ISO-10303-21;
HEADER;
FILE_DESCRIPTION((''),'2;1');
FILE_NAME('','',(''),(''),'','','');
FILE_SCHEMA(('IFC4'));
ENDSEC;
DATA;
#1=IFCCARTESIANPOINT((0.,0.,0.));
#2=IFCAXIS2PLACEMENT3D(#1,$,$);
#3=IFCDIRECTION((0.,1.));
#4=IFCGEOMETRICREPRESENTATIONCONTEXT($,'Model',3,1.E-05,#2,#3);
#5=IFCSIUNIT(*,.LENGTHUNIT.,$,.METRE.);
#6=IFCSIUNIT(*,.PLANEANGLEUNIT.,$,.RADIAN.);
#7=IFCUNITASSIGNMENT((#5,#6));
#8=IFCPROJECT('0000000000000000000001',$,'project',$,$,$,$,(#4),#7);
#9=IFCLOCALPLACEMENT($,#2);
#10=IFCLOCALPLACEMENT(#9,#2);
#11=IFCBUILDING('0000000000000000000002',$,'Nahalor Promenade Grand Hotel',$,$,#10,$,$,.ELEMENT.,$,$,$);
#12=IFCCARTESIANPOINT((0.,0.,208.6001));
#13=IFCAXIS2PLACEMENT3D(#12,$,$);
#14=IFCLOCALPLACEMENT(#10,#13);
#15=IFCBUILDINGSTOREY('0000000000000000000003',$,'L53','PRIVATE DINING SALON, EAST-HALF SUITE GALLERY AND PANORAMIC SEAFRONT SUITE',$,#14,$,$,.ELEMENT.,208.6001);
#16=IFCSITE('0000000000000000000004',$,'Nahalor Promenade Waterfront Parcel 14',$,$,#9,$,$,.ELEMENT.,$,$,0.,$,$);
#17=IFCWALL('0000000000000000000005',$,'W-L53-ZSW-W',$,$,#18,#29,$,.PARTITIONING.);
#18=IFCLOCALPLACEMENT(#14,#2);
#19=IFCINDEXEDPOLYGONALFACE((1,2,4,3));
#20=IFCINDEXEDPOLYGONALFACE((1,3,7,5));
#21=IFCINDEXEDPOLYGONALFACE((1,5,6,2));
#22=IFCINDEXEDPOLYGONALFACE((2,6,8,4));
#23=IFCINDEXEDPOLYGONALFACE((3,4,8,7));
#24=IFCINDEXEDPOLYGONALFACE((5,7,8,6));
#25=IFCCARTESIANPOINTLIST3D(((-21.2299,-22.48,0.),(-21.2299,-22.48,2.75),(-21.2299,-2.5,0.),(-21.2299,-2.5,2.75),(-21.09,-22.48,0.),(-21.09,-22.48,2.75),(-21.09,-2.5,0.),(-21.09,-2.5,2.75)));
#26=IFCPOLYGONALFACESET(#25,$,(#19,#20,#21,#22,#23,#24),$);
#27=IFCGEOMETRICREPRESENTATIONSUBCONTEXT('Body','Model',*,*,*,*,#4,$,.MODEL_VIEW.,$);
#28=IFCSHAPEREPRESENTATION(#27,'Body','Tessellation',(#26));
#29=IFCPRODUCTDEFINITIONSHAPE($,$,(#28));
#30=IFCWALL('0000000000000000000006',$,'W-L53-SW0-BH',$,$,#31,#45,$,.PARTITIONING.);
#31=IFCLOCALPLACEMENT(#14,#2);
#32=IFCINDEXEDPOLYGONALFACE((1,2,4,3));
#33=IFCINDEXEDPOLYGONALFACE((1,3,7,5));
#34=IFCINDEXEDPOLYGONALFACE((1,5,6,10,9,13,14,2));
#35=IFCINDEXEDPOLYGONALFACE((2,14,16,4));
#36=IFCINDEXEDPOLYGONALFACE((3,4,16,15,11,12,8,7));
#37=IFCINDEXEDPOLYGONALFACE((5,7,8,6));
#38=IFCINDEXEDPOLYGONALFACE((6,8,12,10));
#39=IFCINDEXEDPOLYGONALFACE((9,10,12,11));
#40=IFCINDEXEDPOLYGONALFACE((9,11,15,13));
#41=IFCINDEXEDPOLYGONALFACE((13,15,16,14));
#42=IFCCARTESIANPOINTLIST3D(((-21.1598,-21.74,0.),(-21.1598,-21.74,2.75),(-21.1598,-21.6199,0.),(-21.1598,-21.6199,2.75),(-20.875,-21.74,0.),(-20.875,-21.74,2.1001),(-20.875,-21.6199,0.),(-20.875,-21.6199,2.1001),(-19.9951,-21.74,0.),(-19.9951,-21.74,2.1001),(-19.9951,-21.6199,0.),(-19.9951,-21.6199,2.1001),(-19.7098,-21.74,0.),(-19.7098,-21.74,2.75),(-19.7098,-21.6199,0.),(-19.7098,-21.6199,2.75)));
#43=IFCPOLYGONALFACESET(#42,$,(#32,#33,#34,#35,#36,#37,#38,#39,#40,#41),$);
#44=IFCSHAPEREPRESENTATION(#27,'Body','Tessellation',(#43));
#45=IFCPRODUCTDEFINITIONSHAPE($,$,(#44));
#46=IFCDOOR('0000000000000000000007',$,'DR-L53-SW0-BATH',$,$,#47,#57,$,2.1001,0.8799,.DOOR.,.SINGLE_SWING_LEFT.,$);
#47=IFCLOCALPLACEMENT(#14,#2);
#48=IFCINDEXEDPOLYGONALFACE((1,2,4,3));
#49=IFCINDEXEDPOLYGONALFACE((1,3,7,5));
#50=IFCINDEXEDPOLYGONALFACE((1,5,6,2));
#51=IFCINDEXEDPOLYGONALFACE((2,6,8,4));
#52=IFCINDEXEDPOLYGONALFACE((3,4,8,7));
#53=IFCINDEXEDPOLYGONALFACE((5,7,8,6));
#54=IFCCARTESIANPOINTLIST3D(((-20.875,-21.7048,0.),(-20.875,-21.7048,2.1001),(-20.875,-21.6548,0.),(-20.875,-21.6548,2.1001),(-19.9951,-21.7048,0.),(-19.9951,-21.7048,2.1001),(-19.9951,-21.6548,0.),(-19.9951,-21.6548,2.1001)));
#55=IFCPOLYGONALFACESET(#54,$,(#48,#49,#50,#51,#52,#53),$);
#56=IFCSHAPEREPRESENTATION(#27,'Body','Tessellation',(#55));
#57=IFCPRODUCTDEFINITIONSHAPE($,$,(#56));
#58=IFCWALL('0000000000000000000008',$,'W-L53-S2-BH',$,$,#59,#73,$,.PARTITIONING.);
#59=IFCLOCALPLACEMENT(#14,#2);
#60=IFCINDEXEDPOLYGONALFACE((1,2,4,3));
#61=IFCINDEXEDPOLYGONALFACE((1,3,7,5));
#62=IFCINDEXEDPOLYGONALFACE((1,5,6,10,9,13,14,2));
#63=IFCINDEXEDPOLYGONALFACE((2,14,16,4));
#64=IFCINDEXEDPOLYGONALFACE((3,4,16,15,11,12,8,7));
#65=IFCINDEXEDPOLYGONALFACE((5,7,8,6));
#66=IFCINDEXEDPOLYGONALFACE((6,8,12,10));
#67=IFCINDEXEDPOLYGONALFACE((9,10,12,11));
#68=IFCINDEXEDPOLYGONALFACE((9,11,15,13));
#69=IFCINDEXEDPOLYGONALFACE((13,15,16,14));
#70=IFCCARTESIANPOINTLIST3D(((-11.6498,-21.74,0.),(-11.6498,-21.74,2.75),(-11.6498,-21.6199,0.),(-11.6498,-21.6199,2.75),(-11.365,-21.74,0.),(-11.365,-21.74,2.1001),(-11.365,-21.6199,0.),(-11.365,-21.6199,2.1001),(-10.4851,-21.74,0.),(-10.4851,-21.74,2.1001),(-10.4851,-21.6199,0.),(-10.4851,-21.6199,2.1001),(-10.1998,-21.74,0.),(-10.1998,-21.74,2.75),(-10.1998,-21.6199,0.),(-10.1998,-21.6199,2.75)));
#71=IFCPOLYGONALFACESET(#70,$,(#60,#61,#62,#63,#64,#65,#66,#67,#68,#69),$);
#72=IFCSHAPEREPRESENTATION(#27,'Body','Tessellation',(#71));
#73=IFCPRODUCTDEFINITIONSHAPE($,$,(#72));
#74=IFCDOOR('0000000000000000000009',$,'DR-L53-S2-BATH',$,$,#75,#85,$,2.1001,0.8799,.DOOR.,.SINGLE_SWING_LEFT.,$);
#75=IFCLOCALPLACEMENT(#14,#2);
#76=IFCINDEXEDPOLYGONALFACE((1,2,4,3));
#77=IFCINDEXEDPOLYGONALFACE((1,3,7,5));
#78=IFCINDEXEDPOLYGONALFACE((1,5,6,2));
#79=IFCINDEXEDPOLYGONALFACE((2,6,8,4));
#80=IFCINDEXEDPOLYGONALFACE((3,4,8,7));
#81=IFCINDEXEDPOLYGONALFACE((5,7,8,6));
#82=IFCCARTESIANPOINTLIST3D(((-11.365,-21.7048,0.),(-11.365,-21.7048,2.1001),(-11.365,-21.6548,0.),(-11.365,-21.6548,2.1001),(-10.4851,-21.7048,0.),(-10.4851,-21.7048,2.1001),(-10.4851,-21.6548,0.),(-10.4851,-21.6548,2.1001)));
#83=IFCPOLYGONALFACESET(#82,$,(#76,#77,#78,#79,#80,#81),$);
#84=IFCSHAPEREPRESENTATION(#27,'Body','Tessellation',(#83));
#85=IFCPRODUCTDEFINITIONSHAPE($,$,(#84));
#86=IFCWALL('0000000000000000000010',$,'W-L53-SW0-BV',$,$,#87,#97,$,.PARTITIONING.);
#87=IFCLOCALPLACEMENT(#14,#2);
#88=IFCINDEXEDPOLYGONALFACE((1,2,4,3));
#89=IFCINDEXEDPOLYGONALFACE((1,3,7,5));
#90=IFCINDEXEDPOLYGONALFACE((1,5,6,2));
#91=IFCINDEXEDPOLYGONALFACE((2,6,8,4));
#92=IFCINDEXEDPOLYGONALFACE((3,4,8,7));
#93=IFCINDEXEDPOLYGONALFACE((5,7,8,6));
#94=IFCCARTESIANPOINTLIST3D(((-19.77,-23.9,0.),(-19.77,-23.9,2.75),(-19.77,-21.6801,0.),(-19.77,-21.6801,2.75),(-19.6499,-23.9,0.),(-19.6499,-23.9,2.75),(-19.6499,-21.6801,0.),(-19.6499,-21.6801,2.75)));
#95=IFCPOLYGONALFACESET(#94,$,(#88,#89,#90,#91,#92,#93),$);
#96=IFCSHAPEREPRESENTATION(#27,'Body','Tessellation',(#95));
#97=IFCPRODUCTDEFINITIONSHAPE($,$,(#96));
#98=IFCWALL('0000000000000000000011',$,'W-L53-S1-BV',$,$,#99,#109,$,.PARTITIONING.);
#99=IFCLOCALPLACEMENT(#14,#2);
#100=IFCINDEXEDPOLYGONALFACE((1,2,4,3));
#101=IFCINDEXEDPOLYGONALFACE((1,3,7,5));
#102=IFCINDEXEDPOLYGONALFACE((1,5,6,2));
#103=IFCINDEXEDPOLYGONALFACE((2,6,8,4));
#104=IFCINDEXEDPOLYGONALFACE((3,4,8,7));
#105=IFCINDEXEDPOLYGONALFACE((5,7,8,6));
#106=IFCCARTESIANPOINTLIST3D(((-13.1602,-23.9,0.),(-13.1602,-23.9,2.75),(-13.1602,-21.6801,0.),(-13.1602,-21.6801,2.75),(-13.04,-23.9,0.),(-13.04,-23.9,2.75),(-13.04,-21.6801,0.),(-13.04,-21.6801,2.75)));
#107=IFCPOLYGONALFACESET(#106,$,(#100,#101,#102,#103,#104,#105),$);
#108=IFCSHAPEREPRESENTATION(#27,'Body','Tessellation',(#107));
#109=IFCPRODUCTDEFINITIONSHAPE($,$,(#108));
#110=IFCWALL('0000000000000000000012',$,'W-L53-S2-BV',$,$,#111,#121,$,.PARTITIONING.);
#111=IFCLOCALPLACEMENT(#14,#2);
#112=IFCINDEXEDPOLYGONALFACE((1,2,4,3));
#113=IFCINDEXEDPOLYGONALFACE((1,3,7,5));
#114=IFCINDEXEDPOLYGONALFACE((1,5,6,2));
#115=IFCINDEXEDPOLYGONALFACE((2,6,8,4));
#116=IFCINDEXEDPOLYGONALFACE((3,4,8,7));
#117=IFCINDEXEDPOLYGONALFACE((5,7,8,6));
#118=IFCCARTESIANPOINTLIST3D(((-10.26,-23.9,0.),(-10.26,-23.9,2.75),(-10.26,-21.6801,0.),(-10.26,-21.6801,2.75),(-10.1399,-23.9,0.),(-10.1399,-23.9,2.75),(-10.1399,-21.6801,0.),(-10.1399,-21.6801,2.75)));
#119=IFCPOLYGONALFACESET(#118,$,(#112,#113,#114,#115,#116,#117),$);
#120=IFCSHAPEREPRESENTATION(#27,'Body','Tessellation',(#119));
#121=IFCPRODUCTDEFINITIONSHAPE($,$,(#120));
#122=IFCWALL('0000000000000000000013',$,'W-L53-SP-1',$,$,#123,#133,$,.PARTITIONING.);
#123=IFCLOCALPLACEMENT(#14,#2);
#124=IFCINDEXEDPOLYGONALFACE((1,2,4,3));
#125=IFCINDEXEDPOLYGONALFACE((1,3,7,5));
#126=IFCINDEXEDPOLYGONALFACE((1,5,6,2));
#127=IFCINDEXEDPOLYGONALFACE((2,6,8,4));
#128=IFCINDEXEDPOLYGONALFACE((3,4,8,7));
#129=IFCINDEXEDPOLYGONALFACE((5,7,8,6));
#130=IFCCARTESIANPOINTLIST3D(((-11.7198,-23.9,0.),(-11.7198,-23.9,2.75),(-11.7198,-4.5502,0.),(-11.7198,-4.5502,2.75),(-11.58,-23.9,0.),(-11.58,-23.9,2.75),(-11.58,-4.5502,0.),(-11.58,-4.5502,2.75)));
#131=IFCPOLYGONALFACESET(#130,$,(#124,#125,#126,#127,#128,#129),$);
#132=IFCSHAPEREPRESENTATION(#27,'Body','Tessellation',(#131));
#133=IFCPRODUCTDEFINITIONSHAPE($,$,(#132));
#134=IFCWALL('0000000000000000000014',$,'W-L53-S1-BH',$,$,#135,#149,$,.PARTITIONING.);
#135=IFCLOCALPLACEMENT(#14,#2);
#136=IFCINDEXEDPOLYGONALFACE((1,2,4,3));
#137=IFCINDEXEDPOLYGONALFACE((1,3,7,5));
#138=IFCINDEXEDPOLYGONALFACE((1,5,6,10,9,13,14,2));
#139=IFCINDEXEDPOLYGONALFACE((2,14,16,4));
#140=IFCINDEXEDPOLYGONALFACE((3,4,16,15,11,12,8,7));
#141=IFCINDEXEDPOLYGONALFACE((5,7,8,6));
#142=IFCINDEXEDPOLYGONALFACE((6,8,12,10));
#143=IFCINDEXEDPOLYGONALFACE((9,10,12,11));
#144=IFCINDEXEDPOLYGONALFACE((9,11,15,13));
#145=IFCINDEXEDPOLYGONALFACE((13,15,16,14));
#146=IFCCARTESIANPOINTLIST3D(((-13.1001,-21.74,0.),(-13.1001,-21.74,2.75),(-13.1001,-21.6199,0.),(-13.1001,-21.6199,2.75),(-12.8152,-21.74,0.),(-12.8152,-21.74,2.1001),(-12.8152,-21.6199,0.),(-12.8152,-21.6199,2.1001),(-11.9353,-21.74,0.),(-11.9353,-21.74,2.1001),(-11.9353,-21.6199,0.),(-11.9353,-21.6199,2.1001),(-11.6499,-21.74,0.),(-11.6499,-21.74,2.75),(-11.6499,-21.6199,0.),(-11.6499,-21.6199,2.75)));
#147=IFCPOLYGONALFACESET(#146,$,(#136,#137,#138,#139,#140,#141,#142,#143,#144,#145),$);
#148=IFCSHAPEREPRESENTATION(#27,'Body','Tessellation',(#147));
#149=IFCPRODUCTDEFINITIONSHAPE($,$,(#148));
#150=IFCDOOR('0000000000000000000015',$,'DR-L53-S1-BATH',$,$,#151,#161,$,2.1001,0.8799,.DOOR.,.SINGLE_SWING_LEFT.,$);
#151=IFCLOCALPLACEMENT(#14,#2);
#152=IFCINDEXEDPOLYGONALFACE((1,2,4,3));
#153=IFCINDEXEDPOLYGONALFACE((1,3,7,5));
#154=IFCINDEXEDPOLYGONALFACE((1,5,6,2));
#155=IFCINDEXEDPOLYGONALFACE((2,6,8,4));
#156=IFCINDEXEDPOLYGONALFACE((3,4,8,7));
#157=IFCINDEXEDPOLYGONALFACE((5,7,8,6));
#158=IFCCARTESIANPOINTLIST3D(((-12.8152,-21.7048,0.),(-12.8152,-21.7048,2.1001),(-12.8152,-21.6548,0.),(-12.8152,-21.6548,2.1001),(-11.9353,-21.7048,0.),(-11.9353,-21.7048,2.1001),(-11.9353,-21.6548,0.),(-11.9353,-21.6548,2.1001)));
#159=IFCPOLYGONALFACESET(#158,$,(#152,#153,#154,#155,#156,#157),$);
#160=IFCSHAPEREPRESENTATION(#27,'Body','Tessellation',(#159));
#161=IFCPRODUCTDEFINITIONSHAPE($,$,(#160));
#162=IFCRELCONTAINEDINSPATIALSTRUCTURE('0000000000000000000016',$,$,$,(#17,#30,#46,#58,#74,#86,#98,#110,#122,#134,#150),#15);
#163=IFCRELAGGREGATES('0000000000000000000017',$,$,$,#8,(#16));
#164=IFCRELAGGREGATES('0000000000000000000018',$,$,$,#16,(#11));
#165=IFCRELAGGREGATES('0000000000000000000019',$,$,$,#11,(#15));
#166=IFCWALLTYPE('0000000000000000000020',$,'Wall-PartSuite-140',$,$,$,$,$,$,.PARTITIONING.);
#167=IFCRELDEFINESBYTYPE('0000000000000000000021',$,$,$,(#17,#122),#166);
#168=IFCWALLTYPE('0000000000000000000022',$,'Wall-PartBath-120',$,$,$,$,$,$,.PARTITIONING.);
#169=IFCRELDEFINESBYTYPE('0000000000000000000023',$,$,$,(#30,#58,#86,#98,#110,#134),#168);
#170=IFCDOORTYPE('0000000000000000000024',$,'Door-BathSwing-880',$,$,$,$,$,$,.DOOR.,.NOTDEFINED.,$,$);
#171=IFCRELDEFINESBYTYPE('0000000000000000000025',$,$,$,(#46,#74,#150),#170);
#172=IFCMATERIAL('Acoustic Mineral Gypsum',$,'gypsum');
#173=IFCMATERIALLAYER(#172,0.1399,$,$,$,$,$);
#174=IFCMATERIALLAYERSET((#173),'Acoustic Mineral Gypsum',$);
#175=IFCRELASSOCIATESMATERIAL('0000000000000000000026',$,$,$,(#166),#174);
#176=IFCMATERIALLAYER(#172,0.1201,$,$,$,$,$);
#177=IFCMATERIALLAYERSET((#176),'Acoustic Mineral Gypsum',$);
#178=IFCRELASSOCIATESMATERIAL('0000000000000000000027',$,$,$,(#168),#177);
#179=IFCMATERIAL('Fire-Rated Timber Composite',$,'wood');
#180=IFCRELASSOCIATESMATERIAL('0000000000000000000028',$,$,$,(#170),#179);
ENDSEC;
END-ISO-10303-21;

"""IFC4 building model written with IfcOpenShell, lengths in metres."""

from ifc_helpers import new_model, si_unit, direction, frame, frame_2d, origin, place, context, subcontext, project, spatial, rectangle, extrude, source, transform, mapped, material, layer, layer_set, type_object, element, fill, save


model = new_model("IFC4")

# Units and contexts
model_context = context("Model", 3, precision=1e-05, world=origin(), true_north=direction((0.0, 1.0)))
body_context = subcontext(model_context, "Body", "Model", "MODEL_VIEW")
ifc_project = project(units=[si_unit("LENGTHUNIT", "METRE"), si_unit("PLANEANGLEUNIT", "RADIAN")], contexts=[model_context])

# Site, building, storey
site_placement = place(None, origin())
site = spatial("IfcSite", under=ifc_project, at=site_placement, Name="Nahalor Promenade Waterfront Parcel 14", CompositionType="ELEMENT", RefElevation=0.0)
building_placement = place(site_placement, origin())
building = spatial("IfcBuilding", under=site, at=building_placement, Name="Nahalor Promenade Grand Hotel", CompositionType="ELEMENT")
storey_placement = place(building_placement, frame((0.0, 0.0, 208.6001)))
storey = spatial("IfcBuildingStorey", under=building, at=storey_placement, Name="L53", Description="PRIVATE DINING SALON, EAST-HALF SUITE GALLERY AND PANORAMIC SEAFRONT SUITE", CompositionType="ELEMENT", Elevation=208.6001)

# Shared definitions
ifc_material_1 = material(Name="Acoustic Mineral Gypsum", Category="gypsum")
ifc_material_2 = material(Name="Fire-Rated Timber Composite", Category="wood")

# Wall
ifc_layer_1 = layer(ifc_material_1, 0.1399)
ifc_layer_set_1 = layer_set([ifc_layer_1], Name="Acoustic Mineral Gypsum")
wall_type_1 = type_object("IfcWallType", Name="Wall-PartSuite-140", PredefinedType="PARTITIONING", material=ifc_layer_set_1)
shared_shape_1 = source(origin(), body_context, "Body", "SweptSolid", [
    extrude(rectangle(XDim=19.98, YDim=0.1399, at=frame_2d((9.99, 0.0))), origin(), (0.0, 0.0, 1.0), 2.75),
])
wall_1_placement = place(storey_placement, frame((-21.1599, -22.48, 0.0), z_axis=(0.0, 0.0, 1.0), x_axis=(0.0, 1.0, 0.0)))
element("IfcWall", 1, at=wall_1_placement, inside=storey, type_object=wall_type_1, Name="W-L53-ZSW-W", PredefinedType="PARTITIONING", context=body_context, shape_type="MappedRepresentation", body=[
    mapped(shared_shape_1, transform((0.0, 0.0, 0.0), scale=1.0)),
])

# Walls, openings, doors
ifc_layer_2 = layer(ifc_material_1, 0.1201)
ifc_layer_set_2 = layer_set([ifc_layer_2], Name="Acoustic Mineral Gypsum")
wall_type_2 = type_object("IfcWallType", Name="Wall-PartBath-120", PredefinedType="PARTITIONING", material=ifc_layer_set_2)
shared_shape_2 = source(origin(), body_context, "Body", "SweptSolid", [
    extrude(rectangle(XDim=1.45, YDim=0.1201, at=frame_2d((0.7251, 0.0))), origin(), (0.0, 0.0, 1.0), 2.75),
])
wall_2_placement = place(storey_placement, frame((-21.1599, -21.6799, 0.0), z_axis=(0.0, 0.0, 1.0), x_axis=(1.0, 0.0, 0.0)))
wall_2 = element("IfcWall", 2, at=wall_2_placement, inside=storey, type_object=wall_type_2, Name="W-L53-SW0-BH", PredefinedType="PARTITIONING", context=body_context, shape_type="MappedRepresentation", body=[
    mapped(shared_shape_2, transform((0.0, 0.0, 0.0), scale=1.0)),
])
opening_1_placement = place(wall_2_placement, frame((0.2849, 0.0, 0.0)))
opening_1 = element("IfcOpeningElement", 3, at=opening_1_placement, cuts=wall_2, PredefinedType="OPENING", context=body_context, shape_type="SweptSolid", body=[
    extrude(rectangle(XDim=0.8799, YDim=2.1001, at=frame_2d((0.4399, 1.05))), frame((0.0, 0.0701, 0.0), z_axis=(0.0, -1.0, 0.0), x_axis=(1.0, 0.0, 0.0)), (0.0, 0.0, 1.0), 0.1401),
])
door_type_1 = type_object("IfcDoorType", Name="Door-BathSwing-880", OperationType="NOTDEFINED", PredefinedType="DOOR", material=ifc_material_2)
shared_shape_3 = source(origin(), body_context, "Body", "SweptSolid", [
    extrude(rectangle(XDim=0.8799, YDim=2.1001, at=frame_2d((0.4399, 1.05))), frame((0.0, 0.0249, 0.0), z_axis=(0.0, -1.0, 0.0), x_axis=(1.0, 0.0, 0.0)), (0.0, 0.0, 1.0), 0.05),
])
door_1_placement = place(opening_1_placement, frame((0.8799, 0.0, 0.0), z_axis=(0.0, 0.0, 1.0), x_axis=(-1.0, 0.0, 0.0)))
door_1 = element("IfcDoor", 4, at=door_1_placement, inside=storey, type_object=door_type_1, Name="DR-L53-SW0-BATH", OperationType="SINGLE_SWING_LEFT", OverallHeight=2.1001, OverallWidth=0.8799, PredefinedType="DOOR", context=body_context, shape_type="MappedRepresentation", body=[
    mapped(shared_shape_3, transform((0.0, 0.0, 0.0), scale=1.0)),
])
fill(opening_1, door_1)
wall_3_placement = place(storey_placement, frame((-11.6499, -21.6799, 0.0), z_axis=(0.0, 0.0, 1.0), x_axis=(1.0, 0.0, 0.0)))
wall_3 = element("IfcWall", 5, at=wall_3_placement, inside=storey, type_object=wall_type_2, Name="W-L53-S2-BH", PredefinedType="PARTITIONING", context=body_context, shape_type="MappedRepresentation", body=[
    mapped(shared_shape_2, transform((0.0, 0.0, 0.0), scale=1.0)),
])
opening_2_placement = place(wall_3_placement, frame((0.2849, 0.0, 0.0)))
opening_2 = element("IfcOpeningElement", 6, at=opening_2_placement, cuts=wall_3, PredefinedType="OPENING", context=body_context, shape_type="SweptSolid", body=[
    extrude(rectangle(XDim=0.8799, YDim=2.1001, at=frame_2d((0.4399, 1.05))), frame((0.0, 0.0701, 0.0), z_axis=(0.0, -1.0, 0.0), x_axis=(1.0, 0.0, 0.0)), (0.0, 0.0, 1.0), 0.1401),
])
door_2_placement = place(opening_2_placement, frame((0.8799, 0.0, 0.0), z_axis=(0.0, 0.0, 1.0), x_axis=(-1.0, 0.0, 0.0)))
door_2 = element("IfcDoor", 7, at=door_2_placement, inside=storey, type_object=door_type_1, Name="DR-L53-S2-BATH", OperationType="SINGLE_SWING_LEFT", OverallHeight=2.1001, OverallWidth=0.8799, PredefinedType="DOOR", context=body_context, shape_type="MappedRepresentation", body=[
    mapped(shared_shape_3, transform((0.0, 0.0, 0.0), scale=1.0)),
])
fill(opening_2, door_2)

# Walls
shared_shape_4 = source(origin(), body_context, "Body", "SweptSolid", [
    extrude(rectangle(XDim=2.22, YDim=0.1201, at=frame_2d((1.1099, 0.0))), origin(), (0.0, 0.0, 1.0), 2.75),
])
for number, where, z_axis, x_axis, name in (
    (8, (-19.71, -23.8999, 0.0), (0.0, 0.0, 1.0), (0.0, 1.0, 0.0), "W-L53-SW0-BV"),
    (9, (-13.1001, -23.8999, 0.0), (0.0, 0.0, 1.0), (0.0, 1.0, 0.0), "W-L53-S1-BV"),
    (10, (-10.2, -23.8999, 0.0), (0.0, 0.0, 1.0), (0.0, 1.0, 0.0), "W-L53-S2-BV"),
):
    element("IfcWall", number, at=place(storey_placement, frame(where, z_axis=z_axis, x_axis=x_axis)), inside=storey, type_object=wall_type_2, Name=name, PredefinedType="PARTITIONING", context=body_context, shape_type="MappedRepresentation", body=[
        mapped(shared_shape_4, transform((0.0, 0.0, 0.0), scale=1.0)),
    ])
shared_shape_5 = source(origin(), body_context, "Body", "SweptSolid", [
    extrude(rectangle(XDim=19.3499, YDim=0.1399, at=frame_2d((9.6748, 0.0))), origin(), (0.0, 0.0, 1.0), 2.75),
])
wall_4_placement = place(storey_placement, frame((-11.6499, -23.8999, 0.0), z_axis=(0.0, 0.0, 1.0), x_axis=(0.0, 1.0, 0.0)))
element("IfcWall", 11, at=wall_4_placement, inside=storey, type_object=wall_type_1, Name="W-L53-SP-1", PredefinedType="PARTITIONING", context=body_context, shape_type="MappedRepresentation", body=[
    mapped(shared_shape_5, transform((0.0, 0.0, 0.0), scale=1.0)),
])

# Wall, opening, door
shared_shape_6 = source(origin(), body_context, "Body", "SweptSolid", [
    extrude(rectangle(XDim=1.4502, YDim=0.1201, at=frame_2d((0.7251, 0.0))), origin(), (0.0, 0.0, 1.0), 2.75),
])
wall_5_placement = place(storey_placement, frame((-13.1001, -21.6799, 0.0), z_axis=(0.0, 0.0, 1.0), x_axis=(1.0, 0.0, 0.0)))
wall_5 = element("IfcWall", 12, at=wall_5_placement, inside=storey, type_object=wall_type_2, Name="W-L53-S1-BH", PredefinedType="PARTITIONING", context=body_context, shape_type="MappedRepresentation", body=[
    mapped(shared_shape_6, transform((0.0, 0.0, 0.0), scale=1.0)),
])
opening_3_placement = place(wall_5_placement, frame((0.2849, 0.0, 0.0)))
opening_3 = element("IfcOpeningElement", 13, at=opening_3_placement, cuts=wall_5, PredefinedType="OPENING", context=body_context, shape_type="SweptSolid", body=[
    extrude(rectangle(XDim=0.8799, YDim=2.1001, at=frame_2d((0.4399, 1.05))), frame((0.0, 0.0701, 0.0), z_axis=(0.0, -1.0, 0.0), x_axis=(1.0, 0.0, 0.0)), (0.0, 0.0, 1.0), 0.1401),
])
door_3_placement = place(opening_3_placement, frame((0.8799, 0.0, 0.0), z_axis=(0.0, 0.0, 1.0), x_axis=(-1.0, 0.0, 0.0)))
door_3 = element("IfcDoor", 14, at=door_3_placement, inside=storey, type_object=door_type_1, Name="DR-L53-S1-BATH", OperationType="SINGLE_SWING_LEFT", OverallHeight=2.1001, OverallWidth=0.8799, PredefinedType="DOOR", context=body_context, shape_type="MappedRepresentation", body=[
    mapped(shared_shape_3, transform((0.0, 0.0, 0.0), scale=1.0)),
])
fill(opening_3, door_3)

save(model, "model.ifc")
